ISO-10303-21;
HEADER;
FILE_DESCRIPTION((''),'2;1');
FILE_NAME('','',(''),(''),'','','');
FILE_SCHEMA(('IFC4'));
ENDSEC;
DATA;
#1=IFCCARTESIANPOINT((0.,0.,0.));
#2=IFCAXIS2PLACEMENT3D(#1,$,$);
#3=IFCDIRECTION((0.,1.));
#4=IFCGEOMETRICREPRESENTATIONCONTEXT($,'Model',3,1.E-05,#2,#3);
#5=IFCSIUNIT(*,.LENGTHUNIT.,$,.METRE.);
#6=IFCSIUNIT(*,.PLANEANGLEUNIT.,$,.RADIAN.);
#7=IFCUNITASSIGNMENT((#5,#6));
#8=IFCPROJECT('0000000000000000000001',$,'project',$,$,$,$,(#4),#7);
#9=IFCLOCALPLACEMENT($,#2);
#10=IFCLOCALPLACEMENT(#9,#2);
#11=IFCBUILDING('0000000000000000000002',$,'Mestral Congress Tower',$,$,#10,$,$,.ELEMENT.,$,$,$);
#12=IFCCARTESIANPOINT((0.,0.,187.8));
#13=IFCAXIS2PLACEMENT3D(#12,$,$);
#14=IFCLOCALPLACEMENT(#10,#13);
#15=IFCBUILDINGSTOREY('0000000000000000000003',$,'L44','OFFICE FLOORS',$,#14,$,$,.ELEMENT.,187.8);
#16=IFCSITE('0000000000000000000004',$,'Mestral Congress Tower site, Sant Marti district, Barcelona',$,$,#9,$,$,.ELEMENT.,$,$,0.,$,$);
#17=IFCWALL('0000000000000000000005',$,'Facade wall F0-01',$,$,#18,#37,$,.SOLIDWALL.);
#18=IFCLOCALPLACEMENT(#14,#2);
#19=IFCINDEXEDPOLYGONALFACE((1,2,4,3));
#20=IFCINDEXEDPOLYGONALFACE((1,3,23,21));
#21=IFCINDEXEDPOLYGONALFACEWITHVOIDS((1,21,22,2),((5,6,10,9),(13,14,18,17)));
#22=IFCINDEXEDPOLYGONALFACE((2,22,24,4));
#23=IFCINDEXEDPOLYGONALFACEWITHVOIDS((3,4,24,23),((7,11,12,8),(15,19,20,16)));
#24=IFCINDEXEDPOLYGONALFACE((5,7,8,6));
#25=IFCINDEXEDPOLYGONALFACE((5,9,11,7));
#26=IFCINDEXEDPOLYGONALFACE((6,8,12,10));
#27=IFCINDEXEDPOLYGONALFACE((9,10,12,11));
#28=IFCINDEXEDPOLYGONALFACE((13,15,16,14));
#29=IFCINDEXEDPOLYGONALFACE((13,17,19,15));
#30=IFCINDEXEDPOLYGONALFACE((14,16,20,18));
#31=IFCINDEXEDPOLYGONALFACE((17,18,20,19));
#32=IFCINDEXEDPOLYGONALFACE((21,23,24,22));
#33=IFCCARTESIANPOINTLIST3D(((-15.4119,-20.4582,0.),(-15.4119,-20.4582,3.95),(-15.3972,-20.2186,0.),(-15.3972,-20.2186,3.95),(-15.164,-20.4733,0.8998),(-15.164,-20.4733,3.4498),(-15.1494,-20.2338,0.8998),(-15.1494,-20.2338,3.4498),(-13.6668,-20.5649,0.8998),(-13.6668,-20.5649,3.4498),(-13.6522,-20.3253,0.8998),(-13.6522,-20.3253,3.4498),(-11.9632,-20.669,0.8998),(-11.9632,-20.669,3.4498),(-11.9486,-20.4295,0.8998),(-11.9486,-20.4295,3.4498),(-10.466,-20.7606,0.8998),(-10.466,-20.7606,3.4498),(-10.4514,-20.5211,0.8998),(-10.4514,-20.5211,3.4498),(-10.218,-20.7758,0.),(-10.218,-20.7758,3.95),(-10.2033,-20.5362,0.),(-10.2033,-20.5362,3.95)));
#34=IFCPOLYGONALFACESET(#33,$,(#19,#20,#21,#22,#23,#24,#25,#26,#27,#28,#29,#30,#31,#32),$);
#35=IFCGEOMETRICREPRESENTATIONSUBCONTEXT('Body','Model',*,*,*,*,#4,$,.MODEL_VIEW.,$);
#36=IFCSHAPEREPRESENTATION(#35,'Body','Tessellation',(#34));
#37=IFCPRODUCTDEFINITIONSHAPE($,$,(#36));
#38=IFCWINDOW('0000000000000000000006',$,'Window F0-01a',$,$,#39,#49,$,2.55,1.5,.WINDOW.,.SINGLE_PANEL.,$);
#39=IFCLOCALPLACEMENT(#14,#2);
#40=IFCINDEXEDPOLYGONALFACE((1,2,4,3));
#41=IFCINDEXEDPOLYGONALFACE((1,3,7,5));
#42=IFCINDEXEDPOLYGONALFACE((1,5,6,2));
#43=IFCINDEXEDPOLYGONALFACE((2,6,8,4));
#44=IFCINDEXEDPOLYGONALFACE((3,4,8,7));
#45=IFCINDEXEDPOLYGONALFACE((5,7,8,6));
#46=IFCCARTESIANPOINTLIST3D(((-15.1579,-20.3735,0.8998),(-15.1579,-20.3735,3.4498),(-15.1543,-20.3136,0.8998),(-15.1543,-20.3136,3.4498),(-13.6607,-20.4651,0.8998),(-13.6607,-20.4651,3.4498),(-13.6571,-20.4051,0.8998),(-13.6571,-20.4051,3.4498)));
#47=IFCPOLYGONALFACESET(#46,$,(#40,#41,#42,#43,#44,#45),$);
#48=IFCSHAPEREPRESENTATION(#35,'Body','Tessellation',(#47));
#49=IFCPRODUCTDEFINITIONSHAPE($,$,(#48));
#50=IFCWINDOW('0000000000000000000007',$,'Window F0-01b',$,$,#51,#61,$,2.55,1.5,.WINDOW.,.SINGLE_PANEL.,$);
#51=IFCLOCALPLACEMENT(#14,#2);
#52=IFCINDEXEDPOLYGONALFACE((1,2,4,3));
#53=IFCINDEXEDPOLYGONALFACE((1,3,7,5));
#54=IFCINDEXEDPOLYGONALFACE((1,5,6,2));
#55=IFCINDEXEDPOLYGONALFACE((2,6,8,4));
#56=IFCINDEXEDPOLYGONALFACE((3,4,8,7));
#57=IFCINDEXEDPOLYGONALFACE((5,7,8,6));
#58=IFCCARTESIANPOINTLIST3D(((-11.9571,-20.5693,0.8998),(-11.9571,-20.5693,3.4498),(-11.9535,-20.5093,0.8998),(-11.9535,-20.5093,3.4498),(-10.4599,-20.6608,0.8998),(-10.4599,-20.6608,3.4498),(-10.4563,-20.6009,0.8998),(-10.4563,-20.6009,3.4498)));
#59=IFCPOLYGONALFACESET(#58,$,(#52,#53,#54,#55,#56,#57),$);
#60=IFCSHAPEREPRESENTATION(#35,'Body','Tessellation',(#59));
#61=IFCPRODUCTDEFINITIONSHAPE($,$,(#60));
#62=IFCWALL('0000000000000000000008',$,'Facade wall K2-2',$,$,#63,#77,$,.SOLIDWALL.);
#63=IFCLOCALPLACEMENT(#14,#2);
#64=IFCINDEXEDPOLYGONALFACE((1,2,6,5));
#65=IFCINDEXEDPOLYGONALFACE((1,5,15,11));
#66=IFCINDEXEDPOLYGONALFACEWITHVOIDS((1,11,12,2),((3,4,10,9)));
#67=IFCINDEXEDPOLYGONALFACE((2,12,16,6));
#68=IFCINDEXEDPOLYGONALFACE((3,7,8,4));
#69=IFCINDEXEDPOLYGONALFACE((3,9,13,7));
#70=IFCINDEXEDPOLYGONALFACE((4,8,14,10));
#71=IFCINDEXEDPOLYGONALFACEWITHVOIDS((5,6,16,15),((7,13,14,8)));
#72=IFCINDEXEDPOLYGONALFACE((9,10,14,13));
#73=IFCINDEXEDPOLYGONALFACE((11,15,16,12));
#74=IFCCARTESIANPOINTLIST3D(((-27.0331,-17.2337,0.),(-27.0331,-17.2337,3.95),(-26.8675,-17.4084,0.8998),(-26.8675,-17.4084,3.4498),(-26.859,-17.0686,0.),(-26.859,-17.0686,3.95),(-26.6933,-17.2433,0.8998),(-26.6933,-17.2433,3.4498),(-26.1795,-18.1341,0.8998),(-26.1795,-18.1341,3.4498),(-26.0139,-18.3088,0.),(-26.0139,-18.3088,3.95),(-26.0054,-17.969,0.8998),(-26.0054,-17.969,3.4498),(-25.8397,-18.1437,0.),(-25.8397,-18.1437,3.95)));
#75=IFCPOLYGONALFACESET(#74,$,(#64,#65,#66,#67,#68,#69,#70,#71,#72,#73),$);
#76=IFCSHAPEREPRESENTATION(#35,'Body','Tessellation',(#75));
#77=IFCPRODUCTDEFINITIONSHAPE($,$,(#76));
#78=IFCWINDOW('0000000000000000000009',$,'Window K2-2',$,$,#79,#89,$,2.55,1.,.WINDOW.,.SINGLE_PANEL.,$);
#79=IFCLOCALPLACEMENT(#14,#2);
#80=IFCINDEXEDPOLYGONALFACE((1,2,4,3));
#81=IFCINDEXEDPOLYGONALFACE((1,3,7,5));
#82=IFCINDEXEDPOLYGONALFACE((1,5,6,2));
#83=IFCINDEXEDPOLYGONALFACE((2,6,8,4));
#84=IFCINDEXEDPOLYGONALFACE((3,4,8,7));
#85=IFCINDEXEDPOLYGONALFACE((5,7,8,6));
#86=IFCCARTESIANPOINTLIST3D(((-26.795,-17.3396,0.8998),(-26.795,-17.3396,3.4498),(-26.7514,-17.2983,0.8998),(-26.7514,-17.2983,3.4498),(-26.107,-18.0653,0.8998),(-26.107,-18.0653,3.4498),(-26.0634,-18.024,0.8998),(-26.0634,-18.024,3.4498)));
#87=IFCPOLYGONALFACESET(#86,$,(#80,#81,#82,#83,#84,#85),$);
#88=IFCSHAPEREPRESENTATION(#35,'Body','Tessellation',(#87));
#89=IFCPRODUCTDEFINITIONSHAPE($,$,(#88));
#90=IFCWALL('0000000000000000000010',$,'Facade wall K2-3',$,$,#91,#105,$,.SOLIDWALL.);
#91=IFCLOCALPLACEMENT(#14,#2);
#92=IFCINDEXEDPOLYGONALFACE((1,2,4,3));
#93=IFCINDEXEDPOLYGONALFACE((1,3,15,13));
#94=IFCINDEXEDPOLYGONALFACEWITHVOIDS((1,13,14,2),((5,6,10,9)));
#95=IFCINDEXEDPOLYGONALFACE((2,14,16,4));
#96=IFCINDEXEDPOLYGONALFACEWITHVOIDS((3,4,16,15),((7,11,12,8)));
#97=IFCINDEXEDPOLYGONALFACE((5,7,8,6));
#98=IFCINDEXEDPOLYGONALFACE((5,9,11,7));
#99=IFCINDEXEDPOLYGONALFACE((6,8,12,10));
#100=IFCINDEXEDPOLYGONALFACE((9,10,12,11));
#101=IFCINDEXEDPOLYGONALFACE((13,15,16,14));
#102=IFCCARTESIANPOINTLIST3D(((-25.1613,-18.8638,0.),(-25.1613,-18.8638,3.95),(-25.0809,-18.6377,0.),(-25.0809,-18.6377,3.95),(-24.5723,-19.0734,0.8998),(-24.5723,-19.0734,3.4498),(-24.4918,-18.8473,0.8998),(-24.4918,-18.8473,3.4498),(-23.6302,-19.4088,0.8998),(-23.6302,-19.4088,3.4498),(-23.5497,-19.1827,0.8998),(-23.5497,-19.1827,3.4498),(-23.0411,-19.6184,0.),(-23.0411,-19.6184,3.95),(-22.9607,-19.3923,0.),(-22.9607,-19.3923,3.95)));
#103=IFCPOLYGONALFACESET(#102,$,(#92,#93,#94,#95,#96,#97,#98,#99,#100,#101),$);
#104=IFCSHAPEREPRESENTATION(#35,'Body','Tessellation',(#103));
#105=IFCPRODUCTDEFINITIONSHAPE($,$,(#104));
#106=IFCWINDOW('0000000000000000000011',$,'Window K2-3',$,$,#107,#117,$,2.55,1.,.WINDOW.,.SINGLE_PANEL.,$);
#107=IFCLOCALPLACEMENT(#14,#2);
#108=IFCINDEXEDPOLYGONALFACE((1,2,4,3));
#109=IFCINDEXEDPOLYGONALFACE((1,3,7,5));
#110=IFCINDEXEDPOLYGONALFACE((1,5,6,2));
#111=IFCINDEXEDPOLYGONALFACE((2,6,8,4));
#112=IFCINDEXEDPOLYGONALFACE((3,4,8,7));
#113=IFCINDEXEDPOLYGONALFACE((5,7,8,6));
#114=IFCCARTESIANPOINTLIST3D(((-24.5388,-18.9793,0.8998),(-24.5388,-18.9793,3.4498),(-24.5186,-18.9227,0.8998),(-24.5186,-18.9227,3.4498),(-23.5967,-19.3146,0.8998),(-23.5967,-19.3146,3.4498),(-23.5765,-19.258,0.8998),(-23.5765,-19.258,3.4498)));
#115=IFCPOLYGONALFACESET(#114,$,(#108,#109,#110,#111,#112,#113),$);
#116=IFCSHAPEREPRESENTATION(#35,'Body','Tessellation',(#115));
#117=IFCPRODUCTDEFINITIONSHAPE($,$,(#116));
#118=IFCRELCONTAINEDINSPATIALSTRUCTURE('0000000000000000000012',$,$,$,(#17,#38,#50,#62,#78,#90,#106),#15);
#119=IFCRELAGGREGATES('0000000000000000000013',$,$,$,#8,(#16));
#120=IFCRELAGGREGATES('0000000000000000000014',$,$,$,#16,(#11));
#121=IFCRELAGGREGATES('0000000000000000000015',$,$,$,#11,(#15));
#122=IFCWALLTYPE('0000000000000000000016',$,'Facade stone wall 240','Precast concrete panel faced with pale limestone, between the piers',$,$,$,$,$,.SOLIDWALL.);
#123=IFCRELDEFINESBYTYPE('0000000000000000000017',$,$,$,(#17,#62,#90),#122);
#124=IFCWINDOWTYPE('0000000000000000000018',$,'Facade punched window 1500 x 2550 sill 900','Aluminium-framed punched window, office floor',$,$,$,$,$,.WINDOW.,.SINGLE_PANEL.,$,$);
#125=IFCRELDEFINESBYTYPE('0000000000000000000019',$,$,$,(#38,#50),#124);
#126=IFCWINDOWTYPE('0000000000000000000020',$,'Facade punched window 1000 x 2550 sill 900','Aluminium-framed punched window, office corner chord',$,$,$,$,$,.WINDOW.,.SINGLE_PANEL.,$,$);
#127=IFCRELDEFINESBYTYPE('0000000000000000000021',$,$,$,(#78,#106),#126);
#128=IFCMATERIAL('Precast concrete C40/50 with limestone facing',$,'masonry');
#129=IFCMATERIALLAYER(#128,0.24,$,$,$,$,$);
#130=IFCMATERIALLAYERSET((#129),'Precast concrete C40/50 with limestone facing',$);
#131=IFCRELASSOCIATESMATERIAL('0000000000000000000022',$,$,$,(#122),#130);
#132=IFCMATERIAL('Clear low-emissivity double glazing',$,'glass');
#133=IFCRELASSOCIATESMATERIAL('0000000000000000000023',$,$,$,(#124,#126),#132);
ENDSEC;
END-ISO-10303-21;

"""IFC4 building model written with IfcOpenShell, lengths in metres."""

from ifc_helpers import new_model, si_unit, direction, frame, frame_2d, origin, place, context, subcontext, project, spatial, rectangle, extrude, material, layer, layer_set, type_object, element, fill, save


model = new_model("IFC4")

# Units and contexts
model_context = context("Model", 3, precision=1e-05, world=origin(), true_north=direction((0.0, 1.0)))
body_context = subcontext(model_context, "Body", "Model", "MODEL_VIEW")
ifc_project = project(units=[si_unit("LENGTHUNIT", "METRE"), si_unit("PLANEANGLEUNIT", "RADIAN")], contexts=[model_context])

# Site, building, storey
site_placement = place(None, origin())
site = spatial("IfcSite", under=ifc_project, at=site_placement, Name="Mestral Congress Tower site, Sant Marti district, Barcelona", CompositionType="ELEMENT", RefElevation=0.0)
building_placement = place(site_placement, origin())
building = spatial("IfcBuilding", under=site, at=building_placement, Name="Mestral Congress Tower", CompositionType="ELEMENT")
storey_placement = place(building_placement, frame((0.0, 0.0, 187.8)))
storey = spatial("IfcBuildingStorey", under=building, at=storey_placement, Name="L44", Description="OFFICE FLOORS", CompositionType="ELEMENT", Elevation=187.8)

# Wall, openings, windows
ifc_material_1 = material(Name="Precast concrete C40/50 with limestone facing", Category="masonry")
ifc_layer = layer(ifc_material_1, 0.24)
ifc_layer_set = layer_set([ifc_layer], Name="Precast concrete C40/50 with limestone facing")
wall_type = type_object("IfcWallType", Name="Facade stone wall 240", Description="Precast concrete panel faced with pale limestone, between the piers", PredefinedType="SOLIDWALL", material=ifc_layer_set)
ifc_material_2 = material(Name="Clear low-emissivity double glazing", Category="glass")
window_type_1 = type_object("IfcWindowType", Name="Facade punched window 1500 x 2550 sill 900", Description="Aluminium-framed punched window, office floor", PartitioningType="SINGLE_PANEL", PredefinedType="WINDOW", material=ifc_material_2)
wall_1_placement = place(storey_placement, frame((-15.4045, -20.3384, 0.0), z_axis=(0.0, 0.0, 1.0), x_axis=(0.998135, -0.06104, 0.0)))
wall_1 = element("IfcWall", 1, at=wall_1_placement, inside=storey, type_object=wall_type, Name="Facade wall F0-01", PredefinedType="SOLIDWALL", context=body_context, shape_type="SweptSolid", body=[
    extrude(rectangle(XDim=5.2036, YDim=0.24, at=frame_2d((2.6018, 0.0))), origin(), (0.0, 0.0, 1.0), 3.95),
])
opening_1_placement = place(wall_1_placement, frame((0.2483, 0.0, 0.8999)))
opening_1 = element("IfcOpeningElement", 2, at=opening_1_placement, cuts=wall_1, PredefinedType="OPENING", context=body_context, shape_type="SweptSolid", body=[
    extrude(rectangle(XDim=1.5, YDim=2.55, at=frame_2d((0.75, 1.2749))), frame((0.0, 0.1299, 0.0), z_axis=(0.0, -1.0, 0.0), x_axis=(1.0, 0.0, 0.0)), (0.0, 0.0, 1.0), 0.26),
])
opening_2_placement = place(wall_1_placement, frame((3.4551, 0.0, 0.8999)))
opening_2 = element("IfcOpeningElement", 3, at=opening_2_placement, cuts=wall_1, PredefinedType="OPENING", context=body_context, shape_type="SweptSolid", body=[
    extrude(rectangle(XDim=1.5, YDim=2.55, at=frame_2d((0.75, 1.2749))), frame((0.0, 0.1299, 0.0), z_axis=(0.0, -1.0, 0.0), x_axis=(1.0, 0.0, 0.0)), (0.0, 0.0, 1.0), 0.26),
])
window_1_placement = place(opening_1_placement, origin())
window_1 = element("IfcWindow", 4, at=window_1_placement, inside=storey, type_object=window_type_1, Name="Window F0-01a", OverallHeight=2.55, OverallWidth=1.5, PartitioningType="SINGLE_PANEL", PredefinedType="WINDOW", context=body_context, shape_type="SweptSolid", body=[
    extrude(rectangle(XDim=1.5, YDim=2.55, at=frame_2d((0.75, 1.2749))), frame((0.0, 0.04, 0.0), z_axis=(0.0, -1.0, 0.0), x_axis=(1.0, 0.0, 0.0)), (0.0, 0.0, 1.0), 0.0601),
])
fill(opening_1, window_1)
window_2_placement = place(opening_2_placement, origin())
window_2 = element("IfcWindow", 5, at=window_2_placement, inside=storey, type_object=window_type_1, Name="Window F0-01b", OverallHeight=2.55, OverallWidth=1.5, PartitioningType="SINGLE_PANEL", PredefinedType="WINDOW", context=body_context, shape_type="SweptSolid", body=[
    extrude(rectangle(XDim=1.5, YDim=2.55, at=frame_2d((0.75, 1.2749))), frame((0.0, 0.04, 0.0), z_axis=(0.0, -1.0, 0.0), x_axis=(1.0, 0.0, 0.0)), (0.0, 0.0, 1.0), 0.0601),
])
fill(opening_2, window_2)

# Walls, openings, windows
wall_2_placement = place(storey_placement, frame((-26.946, -17.1511, 0.0), z_axis=(0.0, 0.0, 1.0), x_axis=(0.687987, -0.725723, 0.0)))
wall_2 = element("IfcWall", 6, at=wall_2_placement, inside=storey, type_object=wall_type, Name="Facade wall K2-2", PredefinedType="SOLIDWALL", context=body_context, shape_type="SweptSolid", body=[
    extrude(rectangle(XDim=1.4814, YDim=0.24, at=frame_2d((0.7407, 0.0))), origin(), (0.0, 0.0, 1.0), 3.95),
])
opening_3_placement = place(wall_2_placement, frame((0.2407, 0.0, 0.8999)))
opening_3 = element("IfcOpeningElement", 7, at=opening_3_placement, cuts=wall_2, PredefinedType="OPENING", context=body_context, shape_type="SweptSolid", body=[
    extrude(rectangle(XDim=1.0, YDim=2.55, at=frame_2d((0.5, 1.2749))), frame((0.0, 0.1299, 0.0), z_axis=(0.0, -1.0, 0.0), x_axis=(1.0, 0.0, 0.0)), (0.0, 0.0, 1.0), 0.26),
])
window_type_2 = type_object("IfcWindowType", Name="Facade punched window 1000 x 2550 sill 900", Description="Aluminium-framed punched window, office corner chord", PartitioningType="SINGLE_PANEL", PredefinedType="WINDOW", material=ifc_material_2)
window_3_placement = place(opening_3_placement, origin())
window_3 = element("IfcWindow", 8, at=window_3_placement, inside=storey, type_object=window_type_2, Name="Window K2-2", OverallHeight=2.55, OverallWidth=1.0, PartitioningType="SINGLE_PANEL", PredefinedType="WINDOW", context=body_context, shape_type="SweptSolid", body=[
    extrude(rectangle(XDim=1.0, YDim=2.55, at=frame_2d((0.5, 1.2749))), frame((0.0, 0.04, 0.0), z_axis=(0.0, -1.0, 0.0), x_axis=(1.0, 0.0, 0.0)), (0.0, 0.0, 1.0), 0.0601),
])
fill(opening_3, window_3)
wall_3_placement = place(storey_placement, frame((-25.1211, -18.7507, 0.0), z_axis=(0.0, 0.0, 1.0), x_axis=(0.9421, -0.335333, 0.0)))
wall_3 = element("IfcWall", 9, at=wall_3_placement, inside=storey, type_object=wall_type, Name="Facade wall K2-3", PredefinedType="SOLIDWALL", context=body_context, shape_type="SweptSolid", body=[
    extrude(rectangle(XDim=2.2505, YDim=0.24, at=frame_2d((1.1252, 0.0))), origin(), (0.0, 0.0, 1.0), 3.95),
])
opening_4_placement = place(wall_3_placement, frame((0.6252, 0.0, 0.8999)))
opening_4 = element("IfcOpeningElement", 10, at=opening_4_placement, cuts=wall_3, PredefinedType="OPENING", context=body_context, shape_type="SweptSolid", body=[
    extrude(rectangle(XDim=1.0, YDim=2.55, at=frame_2d((0.5, 1.2749))), frame((0.0, 0.1299, 0.0), z_axis=(0.0, -1.0, 0.0), x_axis=(1.0, 0.0, 0.0)), (0.0, 0.0, 1.0), 0.26),
])
window_4_placement = place(opening_4_placement, origin())
window_4 = element("IfcWindow", 11, at=window_4_placement, inside=storey, type_object=window_type_2, Name="Window K2-3", OverallHeight=2.55, OverallWidth=1.0, PartitioningType="SINGLE_PANEL", PredefinedType="WINDOW", context=body_context, shape_type="SweptSolid", body=[
    extrude(rectangle(XDim=1.0, YDim=2.55, at=frame_2d((0.5, 1.2749))), frame((0.0, 0.04, 0.0), z_axis=(0.0, -1.0, 0.0), x_axis=(1.0, 0.0, 0.0)), (0.0, 0.0, 1.0), 0.0601),
])
fill(opening_4, window_4)

save(model, "model.ifc")
